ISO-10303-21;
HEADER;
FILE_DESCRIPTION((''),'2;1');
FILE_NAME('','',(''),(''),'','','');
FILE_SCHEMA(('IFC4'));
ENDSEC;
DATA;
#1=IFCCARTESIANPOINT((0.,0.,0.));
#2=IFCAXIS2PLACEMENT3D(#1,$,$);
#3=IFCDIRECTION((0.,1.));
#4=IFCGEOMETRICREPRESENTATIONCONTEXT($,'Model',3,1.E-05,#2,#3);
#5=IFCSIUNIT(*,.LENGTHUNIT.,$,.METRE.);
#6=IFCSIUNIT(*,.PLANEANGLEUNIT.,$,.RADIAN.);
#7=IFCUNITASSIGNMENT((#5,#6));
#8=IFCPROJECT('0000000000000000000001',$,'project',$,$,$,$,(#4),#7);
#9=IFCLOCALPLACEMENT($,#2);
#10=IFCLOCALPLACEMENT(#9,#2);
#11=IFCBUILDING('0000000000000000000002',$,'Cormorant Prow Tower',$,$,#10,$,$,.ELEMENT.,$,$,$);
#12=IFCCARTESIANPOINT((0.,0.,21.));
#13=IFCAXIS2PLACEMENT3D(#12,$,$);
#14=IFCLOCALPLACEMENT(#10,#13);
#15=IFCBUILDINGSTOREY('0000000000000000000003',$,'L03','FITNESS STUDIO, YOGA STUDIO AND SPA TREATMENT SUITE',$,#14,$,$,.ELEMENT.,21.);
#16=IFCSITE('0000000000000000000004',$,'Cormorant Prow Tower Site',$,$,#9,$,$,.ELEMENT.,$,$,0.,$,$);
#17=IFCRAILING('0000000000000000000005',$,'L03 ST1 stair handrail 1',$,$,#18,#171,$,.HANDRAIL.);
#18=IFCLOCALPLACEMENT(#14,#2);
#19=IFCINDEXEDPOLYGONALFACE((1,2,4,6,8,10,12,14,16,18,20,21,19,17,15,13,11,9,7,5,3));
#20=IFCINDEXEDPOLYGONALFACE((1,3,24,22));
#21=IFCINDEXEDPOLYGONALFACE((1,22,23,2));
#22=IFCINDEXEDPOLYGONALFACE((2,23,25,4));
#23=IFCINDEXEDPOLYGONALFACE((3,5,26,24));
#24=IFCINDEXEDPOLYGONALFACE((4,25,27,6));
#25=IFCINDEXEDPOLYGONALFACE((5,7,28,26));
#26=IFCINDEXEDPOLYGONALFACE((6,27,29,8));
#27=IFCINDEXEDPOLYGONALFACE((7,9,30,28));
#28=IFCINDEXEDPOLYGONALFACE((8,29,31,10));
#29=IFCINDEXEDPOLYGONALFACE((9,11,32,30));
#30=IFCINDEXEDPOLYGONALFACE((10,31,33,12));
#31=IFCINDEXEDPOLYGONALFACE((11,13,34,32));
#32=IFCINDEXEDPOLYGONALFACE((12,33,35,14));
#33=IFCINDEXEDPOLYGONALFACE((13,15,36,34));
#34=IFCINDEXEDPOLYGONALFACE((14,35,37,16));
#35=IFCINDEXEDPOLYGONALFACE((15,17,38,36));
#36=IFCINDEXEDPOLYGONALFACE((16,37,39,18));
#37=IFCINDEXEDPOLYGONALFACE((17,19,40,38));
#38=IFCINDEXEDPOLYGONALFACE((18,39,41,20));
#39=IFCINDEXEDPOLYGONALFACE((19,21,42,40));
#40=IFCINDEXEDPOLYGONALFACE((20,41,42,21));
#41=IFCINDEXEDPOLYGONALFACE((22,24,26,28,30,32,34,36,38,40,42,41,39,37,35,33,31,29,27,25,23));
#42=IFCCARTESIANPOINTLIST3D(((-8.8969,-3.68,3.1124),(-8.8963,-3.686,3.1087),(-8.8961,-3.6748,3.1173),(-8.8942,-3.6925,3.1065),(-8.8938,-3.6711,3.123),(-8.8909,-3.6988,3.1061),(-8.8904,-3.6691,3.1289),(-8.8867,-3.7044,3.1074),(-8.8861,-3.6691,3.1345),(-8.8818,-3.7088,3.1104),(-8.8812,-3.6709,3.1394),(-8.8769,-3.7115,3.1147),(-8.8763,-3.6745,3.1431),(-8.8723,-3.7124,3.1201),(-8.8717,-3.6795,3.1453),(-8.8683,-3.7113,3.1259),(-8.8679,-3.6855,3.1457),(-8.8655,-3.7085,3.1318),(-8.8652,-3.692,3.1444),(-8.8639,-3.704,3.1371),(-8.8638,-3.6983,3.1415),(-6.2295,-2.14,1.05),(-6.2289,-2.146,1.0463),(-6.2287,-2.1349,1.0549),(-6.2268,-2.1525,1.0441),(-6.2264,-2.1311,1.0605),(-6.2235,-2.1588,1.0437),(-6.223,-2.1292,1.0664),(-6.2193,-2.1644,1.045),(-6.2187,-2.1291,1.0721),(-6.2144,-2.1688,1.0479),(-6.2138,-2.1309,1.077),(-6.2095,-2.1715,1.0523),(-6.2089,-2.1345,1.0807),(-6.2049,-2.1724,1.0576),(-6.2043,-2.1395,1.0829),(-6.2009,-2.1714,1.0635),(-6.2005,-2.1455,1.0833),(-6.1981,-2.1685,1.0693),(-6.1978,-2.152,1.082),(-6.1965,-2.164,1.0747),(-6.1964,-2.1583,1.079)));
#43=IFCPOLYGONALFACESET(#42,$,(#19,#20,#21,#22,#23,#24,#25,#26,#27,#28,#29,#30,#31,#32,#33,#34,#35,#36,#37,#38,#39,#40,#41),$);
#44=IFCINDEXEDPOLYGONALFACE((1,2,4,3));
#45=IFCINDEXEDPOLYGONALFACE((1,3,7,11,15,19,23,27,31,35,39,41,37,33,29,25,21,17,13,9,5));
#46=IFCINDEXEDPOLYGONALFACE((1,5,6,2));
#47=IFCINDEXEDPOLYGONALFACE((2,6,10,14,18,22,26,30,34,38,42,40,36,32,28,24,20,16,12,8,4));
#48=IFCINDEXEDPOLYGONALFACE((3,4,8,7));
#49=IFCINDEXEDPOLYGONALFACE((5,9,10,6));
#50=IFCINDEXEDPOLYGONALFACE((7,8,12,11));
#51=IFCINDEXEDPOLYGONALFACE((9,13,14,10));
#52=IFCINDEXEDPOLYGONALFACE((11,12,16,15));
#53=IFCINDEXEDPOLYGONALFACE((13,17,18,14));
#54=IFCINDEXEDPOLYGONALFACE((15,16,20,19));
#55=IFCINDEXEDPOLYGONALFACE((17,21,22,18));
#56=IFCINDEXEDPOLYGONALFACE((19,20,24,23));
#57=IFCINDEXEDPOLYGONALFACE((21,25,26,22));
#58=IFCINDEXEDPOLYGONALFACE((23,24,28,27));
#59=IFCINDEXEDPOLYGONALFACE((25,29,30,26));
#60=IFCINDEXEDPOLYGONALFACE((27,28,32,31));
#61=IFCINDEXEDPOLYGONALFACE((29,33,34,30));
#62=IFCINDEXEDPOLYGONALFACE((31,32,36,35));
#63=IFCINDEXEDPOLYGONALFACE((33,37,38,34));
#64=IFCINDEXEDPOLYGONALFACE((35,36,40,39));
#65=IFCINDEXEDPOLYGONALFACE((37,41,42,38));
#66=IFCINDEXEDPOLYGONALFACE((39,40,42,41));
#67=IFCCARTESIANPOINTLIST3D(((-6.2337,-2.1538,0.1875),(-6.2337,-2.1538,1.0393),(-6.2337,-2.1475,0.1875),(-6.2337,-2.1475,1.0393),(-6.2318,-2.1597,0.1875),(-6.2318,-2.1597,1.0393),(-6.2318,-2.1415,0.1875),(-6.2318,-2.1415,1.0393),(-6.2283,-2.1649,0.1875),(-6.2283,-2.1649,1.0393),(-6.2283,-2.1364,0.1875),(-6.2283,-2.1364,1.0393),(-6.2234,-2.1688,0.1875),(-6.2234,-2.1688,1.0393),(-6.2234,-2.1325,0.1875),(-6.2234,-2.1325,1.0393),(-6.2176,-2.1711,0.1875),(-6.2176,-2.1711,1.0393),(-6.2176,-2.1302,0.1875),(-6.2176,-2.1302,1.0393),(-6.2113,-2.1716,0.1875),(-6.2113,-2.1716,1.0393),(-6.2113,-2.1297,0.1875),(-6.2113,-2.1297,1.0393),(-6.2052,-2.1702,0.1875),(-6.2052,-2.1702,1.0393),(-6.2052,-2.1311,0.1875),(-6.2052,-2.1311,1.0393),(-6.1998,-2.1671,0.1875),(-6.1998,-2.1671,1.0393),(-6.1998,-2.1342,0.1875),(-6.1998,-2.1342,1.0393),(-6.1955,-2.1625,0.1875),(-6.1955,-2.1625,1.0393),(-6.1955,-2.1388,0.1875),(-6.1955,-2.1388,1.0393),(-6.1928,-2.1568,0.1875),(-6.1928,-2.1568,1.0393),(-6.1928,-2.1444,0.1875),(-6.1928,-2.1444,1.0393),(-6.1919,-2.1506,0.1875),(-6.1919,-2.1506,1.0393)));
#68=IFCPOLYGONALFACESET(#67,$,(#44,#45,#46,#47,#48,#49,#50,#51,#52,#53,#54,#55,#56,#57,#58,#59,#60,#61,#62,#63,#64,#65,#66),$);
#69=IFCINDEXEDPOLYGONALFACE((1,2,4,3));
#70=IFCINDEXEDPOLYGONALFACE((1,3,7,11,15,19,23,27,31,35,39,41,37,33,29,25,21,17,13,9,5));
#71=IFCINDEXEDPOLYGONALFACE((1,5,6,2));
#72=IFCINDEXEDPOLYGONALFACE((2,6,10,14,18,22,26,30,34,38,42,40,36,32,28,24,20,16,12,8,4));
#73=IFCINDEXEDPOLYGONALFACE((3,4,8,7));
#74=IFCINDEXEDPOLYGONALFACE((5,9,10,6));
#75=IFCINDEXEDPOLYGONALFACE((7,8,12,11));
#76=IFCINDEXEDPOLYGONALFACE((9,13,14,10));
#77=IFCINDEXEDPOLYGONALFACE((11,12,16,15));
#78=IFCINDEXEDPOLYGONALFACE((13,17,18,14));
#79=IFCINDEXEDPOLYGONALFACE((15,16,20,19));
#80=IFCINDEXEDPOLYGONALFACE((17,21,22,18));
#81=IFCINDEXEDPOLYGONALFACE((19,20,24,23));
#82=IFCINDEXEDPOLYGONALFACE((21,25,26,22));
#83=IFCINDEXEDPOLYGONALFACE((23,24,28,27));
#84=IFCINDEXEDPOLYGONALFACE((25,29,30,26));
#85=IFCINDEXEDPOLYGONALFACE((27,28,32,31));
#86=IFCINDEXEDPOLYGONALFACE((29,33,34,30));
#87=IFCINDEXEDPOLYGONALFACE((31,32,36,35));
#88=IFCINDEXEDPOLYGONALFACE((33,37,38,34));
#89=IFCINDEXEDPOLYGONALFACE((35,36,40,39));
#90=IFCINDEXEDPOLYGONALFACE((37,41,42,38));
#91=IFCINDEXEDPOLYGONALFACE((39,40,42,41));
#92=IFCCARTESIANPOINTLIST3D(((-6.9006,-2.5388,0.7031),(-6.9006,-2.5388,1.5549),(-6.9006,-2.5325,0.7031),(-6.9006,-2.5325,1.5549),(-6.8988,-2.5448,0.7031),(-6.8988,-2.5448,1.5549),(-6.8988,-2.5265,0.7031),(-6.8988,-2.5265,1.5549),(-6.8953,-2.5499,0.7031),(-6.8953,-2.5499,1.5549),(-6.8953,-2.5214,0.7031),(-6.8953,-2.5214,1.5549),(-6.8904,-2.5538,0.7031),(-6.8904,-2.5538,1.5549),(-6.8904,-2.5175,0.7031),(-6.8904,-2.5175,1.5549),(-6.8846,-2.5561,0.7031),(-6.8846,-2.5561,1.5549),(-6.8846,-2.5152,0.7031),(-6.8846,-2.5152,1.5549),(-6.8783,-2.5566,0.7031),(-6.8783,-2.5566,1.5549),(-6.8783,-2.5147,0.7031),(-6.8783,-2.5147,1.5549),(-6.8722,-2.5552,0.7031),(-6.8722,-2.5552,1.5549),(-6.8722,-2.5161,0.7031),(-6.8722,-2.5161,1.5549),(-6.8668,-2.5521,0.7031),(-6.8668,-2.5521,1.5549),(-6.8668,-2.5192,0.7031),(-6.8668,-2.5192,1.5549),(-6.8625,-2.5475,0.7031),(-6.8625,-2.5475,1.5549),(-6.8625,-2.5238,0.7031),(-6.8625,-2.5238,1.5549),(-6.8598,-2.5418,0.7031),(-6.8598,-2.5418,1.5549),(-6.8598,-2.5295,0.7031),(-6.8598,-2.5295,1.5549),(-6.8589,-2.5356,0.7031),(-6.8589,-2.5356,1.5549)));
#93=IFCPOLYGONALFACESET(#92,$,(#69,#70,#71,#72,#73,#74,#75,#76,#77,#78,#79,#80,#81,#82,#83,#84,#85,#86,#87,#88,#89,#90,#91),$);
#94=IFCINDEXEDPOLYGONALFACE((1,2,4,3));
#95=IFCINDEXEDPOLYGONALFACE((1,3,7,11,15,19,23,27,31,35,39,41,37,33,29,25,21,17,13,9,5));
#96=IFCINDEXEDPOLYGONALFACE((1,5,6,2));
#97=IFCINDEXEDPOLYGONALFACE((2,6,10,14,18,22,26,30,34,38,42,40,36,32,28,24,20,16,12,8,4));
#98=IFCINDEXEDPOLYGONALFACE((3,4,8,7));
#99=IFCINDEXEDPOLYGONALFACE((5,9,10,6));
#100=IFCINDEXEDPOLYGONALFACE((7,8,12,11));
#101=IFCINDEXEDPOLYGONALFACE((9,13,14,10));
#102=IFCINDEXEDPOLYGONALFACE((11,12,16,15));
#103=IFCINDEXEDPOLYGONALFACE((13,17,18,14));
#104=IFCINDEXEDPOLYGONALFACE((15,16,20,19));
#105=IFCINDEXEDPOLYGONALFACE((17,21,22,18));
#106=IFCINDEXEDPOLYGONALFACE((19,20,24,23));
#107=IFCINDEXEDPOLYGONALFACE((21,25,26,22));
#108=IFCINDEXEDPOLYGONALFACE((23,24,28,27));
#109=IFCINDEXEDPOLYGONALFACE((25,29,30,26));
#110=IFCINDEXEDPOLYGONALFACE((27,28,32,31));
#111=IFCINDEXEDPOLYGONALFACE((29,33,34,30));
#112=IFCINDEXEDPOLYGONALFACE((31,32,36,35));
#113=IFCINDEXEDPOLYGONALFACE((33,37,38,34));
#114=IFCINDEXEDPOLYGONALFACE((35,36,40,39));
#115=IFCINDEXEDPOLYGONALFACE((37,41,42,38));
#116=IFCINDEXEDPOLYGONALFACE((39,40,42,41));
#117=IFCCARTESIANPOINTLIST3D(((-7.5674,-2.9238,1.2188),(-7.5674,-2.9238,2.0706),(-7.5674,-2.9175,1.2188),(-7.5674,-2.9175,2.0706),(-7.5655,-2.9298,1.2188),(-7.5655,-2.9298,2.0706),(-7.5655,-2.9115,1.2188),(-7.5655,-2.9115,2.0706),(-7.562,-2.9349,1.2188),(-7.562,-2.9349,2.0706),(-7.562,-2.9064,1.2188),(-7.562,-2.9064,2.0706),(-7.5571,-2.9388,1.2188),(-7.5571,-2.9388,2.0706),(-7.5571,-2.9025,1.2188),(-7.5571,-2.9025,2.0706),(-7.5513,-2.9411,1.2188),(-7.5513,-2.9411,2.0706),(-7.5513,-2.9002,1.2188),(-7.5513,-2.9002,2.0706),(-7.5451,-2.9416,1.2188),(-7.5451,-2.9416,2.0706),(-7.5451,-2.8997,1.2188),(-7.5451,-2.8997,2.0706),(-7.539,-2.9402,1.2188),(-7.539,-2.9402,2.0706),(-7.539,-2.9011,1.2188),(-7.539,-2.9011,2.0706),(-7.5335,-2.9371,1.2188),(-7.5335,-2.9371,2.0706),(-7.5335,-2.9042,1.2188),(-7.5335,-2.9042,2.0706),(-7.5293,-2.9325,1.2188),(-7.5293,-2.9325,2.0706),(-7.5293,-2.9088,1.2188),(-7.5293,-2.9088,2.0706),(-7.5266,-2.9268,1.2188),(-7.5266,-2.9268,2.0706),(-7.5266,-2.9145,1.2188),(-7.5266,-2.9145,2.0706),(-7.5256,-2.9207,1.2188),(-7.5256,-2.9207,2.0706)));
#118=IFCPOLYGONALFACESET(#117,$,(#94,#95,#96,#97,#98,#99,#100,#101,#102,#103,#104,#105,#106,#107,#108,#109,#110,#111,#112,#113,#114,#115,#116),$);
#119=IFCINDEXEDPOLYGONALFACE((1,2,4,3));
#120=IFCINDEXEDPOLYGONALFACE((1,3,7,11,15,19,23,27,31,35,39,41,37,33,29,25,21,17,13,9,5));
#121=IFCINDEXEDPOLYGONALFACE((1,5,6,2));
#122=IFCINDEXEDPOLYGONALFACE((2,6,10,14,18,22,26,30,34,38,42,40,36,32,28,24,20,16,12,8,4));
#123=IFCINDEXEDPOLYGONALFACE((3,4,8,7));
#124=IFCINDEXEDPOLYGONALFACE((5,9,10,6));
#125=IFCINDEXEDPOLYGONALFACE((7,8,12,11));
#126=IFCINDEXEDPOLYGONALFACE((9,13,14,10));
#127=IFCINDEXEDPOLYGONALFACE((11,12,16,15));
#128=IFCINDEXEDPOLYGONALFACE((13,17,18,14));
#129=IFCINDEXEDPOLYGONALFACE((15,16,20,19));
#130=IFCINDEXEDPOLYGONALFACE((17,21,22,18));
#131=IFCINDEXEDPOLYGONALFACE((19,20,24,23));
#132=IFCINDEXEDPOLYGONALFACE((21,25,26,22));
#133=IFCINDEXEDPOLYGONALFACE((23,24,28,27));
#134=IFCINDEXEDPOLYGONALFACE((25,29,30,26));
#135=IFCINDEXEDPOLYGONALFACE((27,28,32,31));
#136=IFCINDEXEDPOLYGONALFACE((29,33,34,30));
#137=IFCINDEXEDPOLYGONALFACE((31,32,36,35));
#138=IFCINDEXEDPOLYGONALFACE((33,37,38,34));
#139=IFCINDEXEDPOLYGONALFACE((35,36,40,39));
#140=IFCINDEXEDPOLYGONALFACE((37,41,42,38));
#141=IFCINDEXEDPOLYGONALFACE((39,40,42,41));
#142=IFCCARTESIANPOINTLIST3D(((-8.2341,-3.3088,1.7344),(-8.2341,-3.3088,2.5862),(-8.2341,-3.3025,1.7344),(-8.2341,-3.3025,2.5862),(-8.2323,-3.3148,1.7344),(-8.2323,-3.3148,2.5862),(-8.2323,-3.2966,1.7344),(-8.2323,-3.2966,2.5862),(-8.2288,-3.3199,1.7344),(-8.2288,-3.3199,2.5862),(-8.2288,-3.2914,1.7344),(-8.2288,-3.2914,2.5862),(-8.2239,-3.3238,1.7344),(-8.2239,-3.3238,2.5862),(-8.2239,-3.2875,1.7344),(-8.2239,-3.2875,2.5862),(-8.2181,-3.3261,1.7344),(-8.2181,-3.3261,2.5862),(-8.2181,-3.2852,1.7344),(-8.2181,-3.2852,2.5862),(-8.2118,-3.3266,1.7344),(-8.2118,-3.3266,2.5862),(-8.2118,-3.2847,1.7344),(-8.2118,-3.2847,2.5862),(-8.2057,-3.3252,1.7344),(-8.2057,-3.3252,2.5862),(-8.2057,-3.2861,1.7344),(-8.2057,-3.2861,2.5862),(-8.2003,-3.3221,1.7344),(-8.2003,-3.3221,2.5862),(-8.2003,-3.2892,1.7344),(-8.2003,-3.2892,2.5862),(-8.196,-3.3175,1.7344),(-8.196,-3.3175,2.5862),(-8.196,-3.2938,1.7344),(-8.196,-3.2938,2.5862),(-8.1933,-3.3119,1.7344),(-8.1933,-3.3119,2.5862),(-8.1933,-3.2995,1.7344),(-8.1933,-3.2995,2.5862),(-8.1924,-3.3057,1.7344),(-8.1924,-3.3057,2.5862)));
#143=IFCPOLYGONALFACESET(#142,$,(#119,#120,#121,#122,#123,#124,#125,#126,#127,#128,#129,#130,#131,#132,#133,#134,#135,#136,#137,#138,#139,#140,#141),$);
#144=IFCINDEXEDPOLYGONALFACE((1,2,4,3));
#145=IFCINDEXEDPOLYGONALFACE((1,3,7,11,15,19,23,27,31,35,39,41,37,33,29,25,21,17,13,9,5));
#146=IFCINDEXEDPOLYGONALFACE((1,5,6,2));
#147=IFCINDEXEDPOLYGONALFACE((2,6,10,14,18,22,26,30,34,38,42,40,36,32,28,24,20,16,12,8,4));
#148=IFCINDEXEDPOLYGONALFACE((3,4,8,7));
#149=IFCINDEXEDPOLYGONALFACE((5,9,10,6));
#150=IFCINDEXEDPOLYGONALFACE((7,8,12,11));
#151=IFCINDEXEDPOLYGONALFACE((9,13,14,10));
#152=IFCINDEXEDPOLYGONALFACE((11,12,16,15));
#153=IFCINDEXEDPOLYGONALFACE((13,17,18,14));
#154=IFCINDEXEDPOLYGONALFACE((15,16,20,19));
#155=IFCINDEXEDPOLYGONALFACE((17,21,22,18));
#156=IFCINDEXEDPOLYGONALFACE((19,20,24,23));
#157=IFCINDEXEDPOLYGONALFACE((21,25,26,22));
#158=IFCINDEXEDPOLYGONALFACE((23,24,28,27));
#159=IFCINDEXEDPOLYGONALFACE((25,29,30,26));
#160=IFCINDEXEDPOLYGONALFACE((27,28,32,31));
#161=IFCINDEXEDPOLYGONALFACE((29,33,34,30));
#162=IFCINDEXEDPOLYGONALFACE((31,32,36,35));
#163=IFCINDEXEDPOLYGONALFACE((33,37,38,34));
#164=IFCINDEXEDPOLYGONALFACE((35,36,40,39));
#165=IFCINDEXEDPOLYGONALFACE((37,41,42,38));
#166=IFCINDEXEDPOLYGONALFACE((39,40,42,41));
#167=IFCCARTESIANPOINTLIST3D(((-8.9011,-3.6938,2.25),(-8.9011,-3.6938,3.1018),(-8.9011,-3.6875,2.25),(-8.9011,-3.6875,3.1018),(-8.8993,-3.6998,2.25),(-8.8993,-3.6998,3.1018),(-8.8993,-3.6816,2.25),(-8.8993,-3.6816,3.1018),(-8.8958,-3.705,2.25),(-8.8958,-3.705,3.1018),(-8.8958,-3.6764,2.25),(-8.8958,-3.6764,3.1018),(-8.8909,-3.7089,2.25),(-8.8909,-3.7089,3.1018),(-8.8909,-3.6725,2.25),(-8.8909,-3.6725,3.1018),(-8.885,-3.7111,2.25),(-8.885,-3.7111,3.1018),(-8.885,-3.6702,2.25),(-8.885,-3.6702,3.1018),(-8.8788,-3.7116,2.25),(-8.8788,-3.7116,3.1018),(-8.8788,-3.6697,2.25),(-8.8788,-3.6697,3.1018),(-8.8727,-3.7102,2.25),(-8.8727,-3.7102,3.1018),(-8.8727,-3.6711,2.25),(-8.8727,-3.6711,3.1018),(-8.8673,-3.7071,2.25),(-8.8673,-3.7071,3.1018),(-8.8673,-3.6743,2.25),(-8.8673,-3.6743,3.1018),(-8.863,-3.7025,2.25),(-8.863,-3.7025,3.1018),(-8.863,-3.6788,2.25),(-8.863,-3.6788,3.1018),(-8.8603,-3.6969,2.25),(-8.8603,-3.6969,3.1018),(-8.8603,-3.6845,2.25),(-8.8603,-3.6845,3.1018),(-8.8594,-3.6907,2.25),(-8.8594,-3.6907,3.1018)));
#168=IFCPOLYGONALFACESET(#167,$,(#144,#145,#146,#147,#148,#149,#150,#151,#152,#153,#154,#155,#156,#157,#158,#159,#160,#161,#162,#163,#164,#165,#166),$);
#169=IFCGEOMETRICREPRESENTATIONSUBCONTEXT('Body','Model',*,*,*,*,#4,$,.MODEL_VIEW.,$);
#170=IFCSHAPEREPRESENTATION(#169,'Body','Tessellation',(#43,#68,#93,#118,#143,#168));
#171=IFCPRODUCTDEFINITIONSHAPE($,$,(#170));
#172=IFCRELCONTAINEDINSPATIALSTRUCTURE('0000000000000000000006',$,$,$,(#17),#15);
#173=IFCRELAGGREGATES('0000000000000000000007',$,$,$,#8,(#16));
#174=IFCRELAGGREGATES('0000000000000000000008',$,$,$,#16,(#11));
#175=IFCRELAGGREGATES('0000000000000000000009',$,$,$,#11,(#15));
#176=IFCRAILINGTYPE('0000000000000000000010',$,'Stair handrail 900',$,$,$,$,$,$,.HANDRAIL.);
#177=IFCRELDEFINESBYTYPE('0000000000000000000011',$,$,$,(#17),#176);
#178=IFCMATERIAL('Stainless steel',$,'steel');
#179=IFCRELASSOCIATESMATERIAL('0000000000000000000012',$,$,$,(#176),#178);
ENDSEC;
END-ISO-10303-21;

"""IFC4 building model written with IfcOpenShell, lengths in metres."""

from ifc_helpers import new_model, si_unit, direction, frame, origin, origin_2d, place, context, subcontext, project, spatial, circle, extrude, material, type_object, element, save


model = new_model("IFC4")

# Units and contexts
model_context = context("Model", 3, precision=1e-05, world=origin(), true_north=direction((0.0, 1.0)))
body_context = subcontext(model_context, "Body", "Model", "MODEL_VIEW")
ifc_project = project(units=[si_unit("LENGTHUNIT", "METRE"), si_unit("PLANEANGLEUNIT", "RADIAN")], contexts=[model_context])

# Site, building, storey
site_placement = place(None, origin())
site = spatial("IfcSite", under=ifc_project, at=site_placement, Name="Cormorant Prow Tower Site", CompositionType="ELEMENT", RefElevation=0.0)
building_placement = place(site_placement, origin())
building = spatial("IfcBuilding", under=site, at=building_placement, Name="Cormorant Prow Tower", CompositionType="ELEMENT")
storey_placement = place(building_placement, frame((0.0, 0.0, 21.0)))
storey = spatial("IfcBuildingStorey", under=building, at=storey_placement, Name="L03", Description="FITNESS STUDIO, YOGA STUDIO AND SPA TREATMENT SUITE", CompositionType="ELEMENT", Elevation=21.0)

# Railing
ifc_material_1 = material(Name="Stainless steel", Category="steel")
railing_type = type_object("IfcRailingType", Name="Stair handrail 900", PredefinedType="HANDRAIL", material=ifc_material_1)
railing_placement = place(storey_placement, frame((-6.2129, -2.1506, 0.1875)))
element("IfcRailing", 1, at=railing_placement, inside=storey, type_object=railing_type, Name="L03 ST1 stair handrail 1", PredefinedType="HANDRAIL", context=body_context, shape_type="SweptSolid", body=[
    extrude(circle(Radius=0.0239, at=origin_2d()), frame((0.0, 0.0, 0.876), z_axis=(-0.719599, -0.415452, 0.556395), x_axis=(0.499992, -0.86603, 0.0)), (0.0, 0.0, 1.0), 3.7068),
    extrude(circle(Radius=0.021, at=origin_2d()), origin(), (0.0, 0.0, 1.0), 0.8518),
    extrude(circle(Radius=0.021, at=origin_2d()), frame((-0.667, -0.385, 0.5156)), (0.0, 0.0, 1.0), 0.8518),
    extrude(circle(Radius=0.021, at=origin_2d()), frame((-1.3337, -0.77, 1.0312)), (0.0, 0.0, 1.0), 0.8518),
    extrude(circle(Radius=0.021, at=origin_2d()), frame((-2.0005, -1.155, 1.5469)), (0.0, 0.0, 1.0), 0.8518),
    extrude(circle(Radius=0.021, at=origin_2d()), frame((-2.6675, -1.54, 2.0625)), (0.0, 0.0, 1.0), 0.8518),
])

save(model, "model.ifc")
